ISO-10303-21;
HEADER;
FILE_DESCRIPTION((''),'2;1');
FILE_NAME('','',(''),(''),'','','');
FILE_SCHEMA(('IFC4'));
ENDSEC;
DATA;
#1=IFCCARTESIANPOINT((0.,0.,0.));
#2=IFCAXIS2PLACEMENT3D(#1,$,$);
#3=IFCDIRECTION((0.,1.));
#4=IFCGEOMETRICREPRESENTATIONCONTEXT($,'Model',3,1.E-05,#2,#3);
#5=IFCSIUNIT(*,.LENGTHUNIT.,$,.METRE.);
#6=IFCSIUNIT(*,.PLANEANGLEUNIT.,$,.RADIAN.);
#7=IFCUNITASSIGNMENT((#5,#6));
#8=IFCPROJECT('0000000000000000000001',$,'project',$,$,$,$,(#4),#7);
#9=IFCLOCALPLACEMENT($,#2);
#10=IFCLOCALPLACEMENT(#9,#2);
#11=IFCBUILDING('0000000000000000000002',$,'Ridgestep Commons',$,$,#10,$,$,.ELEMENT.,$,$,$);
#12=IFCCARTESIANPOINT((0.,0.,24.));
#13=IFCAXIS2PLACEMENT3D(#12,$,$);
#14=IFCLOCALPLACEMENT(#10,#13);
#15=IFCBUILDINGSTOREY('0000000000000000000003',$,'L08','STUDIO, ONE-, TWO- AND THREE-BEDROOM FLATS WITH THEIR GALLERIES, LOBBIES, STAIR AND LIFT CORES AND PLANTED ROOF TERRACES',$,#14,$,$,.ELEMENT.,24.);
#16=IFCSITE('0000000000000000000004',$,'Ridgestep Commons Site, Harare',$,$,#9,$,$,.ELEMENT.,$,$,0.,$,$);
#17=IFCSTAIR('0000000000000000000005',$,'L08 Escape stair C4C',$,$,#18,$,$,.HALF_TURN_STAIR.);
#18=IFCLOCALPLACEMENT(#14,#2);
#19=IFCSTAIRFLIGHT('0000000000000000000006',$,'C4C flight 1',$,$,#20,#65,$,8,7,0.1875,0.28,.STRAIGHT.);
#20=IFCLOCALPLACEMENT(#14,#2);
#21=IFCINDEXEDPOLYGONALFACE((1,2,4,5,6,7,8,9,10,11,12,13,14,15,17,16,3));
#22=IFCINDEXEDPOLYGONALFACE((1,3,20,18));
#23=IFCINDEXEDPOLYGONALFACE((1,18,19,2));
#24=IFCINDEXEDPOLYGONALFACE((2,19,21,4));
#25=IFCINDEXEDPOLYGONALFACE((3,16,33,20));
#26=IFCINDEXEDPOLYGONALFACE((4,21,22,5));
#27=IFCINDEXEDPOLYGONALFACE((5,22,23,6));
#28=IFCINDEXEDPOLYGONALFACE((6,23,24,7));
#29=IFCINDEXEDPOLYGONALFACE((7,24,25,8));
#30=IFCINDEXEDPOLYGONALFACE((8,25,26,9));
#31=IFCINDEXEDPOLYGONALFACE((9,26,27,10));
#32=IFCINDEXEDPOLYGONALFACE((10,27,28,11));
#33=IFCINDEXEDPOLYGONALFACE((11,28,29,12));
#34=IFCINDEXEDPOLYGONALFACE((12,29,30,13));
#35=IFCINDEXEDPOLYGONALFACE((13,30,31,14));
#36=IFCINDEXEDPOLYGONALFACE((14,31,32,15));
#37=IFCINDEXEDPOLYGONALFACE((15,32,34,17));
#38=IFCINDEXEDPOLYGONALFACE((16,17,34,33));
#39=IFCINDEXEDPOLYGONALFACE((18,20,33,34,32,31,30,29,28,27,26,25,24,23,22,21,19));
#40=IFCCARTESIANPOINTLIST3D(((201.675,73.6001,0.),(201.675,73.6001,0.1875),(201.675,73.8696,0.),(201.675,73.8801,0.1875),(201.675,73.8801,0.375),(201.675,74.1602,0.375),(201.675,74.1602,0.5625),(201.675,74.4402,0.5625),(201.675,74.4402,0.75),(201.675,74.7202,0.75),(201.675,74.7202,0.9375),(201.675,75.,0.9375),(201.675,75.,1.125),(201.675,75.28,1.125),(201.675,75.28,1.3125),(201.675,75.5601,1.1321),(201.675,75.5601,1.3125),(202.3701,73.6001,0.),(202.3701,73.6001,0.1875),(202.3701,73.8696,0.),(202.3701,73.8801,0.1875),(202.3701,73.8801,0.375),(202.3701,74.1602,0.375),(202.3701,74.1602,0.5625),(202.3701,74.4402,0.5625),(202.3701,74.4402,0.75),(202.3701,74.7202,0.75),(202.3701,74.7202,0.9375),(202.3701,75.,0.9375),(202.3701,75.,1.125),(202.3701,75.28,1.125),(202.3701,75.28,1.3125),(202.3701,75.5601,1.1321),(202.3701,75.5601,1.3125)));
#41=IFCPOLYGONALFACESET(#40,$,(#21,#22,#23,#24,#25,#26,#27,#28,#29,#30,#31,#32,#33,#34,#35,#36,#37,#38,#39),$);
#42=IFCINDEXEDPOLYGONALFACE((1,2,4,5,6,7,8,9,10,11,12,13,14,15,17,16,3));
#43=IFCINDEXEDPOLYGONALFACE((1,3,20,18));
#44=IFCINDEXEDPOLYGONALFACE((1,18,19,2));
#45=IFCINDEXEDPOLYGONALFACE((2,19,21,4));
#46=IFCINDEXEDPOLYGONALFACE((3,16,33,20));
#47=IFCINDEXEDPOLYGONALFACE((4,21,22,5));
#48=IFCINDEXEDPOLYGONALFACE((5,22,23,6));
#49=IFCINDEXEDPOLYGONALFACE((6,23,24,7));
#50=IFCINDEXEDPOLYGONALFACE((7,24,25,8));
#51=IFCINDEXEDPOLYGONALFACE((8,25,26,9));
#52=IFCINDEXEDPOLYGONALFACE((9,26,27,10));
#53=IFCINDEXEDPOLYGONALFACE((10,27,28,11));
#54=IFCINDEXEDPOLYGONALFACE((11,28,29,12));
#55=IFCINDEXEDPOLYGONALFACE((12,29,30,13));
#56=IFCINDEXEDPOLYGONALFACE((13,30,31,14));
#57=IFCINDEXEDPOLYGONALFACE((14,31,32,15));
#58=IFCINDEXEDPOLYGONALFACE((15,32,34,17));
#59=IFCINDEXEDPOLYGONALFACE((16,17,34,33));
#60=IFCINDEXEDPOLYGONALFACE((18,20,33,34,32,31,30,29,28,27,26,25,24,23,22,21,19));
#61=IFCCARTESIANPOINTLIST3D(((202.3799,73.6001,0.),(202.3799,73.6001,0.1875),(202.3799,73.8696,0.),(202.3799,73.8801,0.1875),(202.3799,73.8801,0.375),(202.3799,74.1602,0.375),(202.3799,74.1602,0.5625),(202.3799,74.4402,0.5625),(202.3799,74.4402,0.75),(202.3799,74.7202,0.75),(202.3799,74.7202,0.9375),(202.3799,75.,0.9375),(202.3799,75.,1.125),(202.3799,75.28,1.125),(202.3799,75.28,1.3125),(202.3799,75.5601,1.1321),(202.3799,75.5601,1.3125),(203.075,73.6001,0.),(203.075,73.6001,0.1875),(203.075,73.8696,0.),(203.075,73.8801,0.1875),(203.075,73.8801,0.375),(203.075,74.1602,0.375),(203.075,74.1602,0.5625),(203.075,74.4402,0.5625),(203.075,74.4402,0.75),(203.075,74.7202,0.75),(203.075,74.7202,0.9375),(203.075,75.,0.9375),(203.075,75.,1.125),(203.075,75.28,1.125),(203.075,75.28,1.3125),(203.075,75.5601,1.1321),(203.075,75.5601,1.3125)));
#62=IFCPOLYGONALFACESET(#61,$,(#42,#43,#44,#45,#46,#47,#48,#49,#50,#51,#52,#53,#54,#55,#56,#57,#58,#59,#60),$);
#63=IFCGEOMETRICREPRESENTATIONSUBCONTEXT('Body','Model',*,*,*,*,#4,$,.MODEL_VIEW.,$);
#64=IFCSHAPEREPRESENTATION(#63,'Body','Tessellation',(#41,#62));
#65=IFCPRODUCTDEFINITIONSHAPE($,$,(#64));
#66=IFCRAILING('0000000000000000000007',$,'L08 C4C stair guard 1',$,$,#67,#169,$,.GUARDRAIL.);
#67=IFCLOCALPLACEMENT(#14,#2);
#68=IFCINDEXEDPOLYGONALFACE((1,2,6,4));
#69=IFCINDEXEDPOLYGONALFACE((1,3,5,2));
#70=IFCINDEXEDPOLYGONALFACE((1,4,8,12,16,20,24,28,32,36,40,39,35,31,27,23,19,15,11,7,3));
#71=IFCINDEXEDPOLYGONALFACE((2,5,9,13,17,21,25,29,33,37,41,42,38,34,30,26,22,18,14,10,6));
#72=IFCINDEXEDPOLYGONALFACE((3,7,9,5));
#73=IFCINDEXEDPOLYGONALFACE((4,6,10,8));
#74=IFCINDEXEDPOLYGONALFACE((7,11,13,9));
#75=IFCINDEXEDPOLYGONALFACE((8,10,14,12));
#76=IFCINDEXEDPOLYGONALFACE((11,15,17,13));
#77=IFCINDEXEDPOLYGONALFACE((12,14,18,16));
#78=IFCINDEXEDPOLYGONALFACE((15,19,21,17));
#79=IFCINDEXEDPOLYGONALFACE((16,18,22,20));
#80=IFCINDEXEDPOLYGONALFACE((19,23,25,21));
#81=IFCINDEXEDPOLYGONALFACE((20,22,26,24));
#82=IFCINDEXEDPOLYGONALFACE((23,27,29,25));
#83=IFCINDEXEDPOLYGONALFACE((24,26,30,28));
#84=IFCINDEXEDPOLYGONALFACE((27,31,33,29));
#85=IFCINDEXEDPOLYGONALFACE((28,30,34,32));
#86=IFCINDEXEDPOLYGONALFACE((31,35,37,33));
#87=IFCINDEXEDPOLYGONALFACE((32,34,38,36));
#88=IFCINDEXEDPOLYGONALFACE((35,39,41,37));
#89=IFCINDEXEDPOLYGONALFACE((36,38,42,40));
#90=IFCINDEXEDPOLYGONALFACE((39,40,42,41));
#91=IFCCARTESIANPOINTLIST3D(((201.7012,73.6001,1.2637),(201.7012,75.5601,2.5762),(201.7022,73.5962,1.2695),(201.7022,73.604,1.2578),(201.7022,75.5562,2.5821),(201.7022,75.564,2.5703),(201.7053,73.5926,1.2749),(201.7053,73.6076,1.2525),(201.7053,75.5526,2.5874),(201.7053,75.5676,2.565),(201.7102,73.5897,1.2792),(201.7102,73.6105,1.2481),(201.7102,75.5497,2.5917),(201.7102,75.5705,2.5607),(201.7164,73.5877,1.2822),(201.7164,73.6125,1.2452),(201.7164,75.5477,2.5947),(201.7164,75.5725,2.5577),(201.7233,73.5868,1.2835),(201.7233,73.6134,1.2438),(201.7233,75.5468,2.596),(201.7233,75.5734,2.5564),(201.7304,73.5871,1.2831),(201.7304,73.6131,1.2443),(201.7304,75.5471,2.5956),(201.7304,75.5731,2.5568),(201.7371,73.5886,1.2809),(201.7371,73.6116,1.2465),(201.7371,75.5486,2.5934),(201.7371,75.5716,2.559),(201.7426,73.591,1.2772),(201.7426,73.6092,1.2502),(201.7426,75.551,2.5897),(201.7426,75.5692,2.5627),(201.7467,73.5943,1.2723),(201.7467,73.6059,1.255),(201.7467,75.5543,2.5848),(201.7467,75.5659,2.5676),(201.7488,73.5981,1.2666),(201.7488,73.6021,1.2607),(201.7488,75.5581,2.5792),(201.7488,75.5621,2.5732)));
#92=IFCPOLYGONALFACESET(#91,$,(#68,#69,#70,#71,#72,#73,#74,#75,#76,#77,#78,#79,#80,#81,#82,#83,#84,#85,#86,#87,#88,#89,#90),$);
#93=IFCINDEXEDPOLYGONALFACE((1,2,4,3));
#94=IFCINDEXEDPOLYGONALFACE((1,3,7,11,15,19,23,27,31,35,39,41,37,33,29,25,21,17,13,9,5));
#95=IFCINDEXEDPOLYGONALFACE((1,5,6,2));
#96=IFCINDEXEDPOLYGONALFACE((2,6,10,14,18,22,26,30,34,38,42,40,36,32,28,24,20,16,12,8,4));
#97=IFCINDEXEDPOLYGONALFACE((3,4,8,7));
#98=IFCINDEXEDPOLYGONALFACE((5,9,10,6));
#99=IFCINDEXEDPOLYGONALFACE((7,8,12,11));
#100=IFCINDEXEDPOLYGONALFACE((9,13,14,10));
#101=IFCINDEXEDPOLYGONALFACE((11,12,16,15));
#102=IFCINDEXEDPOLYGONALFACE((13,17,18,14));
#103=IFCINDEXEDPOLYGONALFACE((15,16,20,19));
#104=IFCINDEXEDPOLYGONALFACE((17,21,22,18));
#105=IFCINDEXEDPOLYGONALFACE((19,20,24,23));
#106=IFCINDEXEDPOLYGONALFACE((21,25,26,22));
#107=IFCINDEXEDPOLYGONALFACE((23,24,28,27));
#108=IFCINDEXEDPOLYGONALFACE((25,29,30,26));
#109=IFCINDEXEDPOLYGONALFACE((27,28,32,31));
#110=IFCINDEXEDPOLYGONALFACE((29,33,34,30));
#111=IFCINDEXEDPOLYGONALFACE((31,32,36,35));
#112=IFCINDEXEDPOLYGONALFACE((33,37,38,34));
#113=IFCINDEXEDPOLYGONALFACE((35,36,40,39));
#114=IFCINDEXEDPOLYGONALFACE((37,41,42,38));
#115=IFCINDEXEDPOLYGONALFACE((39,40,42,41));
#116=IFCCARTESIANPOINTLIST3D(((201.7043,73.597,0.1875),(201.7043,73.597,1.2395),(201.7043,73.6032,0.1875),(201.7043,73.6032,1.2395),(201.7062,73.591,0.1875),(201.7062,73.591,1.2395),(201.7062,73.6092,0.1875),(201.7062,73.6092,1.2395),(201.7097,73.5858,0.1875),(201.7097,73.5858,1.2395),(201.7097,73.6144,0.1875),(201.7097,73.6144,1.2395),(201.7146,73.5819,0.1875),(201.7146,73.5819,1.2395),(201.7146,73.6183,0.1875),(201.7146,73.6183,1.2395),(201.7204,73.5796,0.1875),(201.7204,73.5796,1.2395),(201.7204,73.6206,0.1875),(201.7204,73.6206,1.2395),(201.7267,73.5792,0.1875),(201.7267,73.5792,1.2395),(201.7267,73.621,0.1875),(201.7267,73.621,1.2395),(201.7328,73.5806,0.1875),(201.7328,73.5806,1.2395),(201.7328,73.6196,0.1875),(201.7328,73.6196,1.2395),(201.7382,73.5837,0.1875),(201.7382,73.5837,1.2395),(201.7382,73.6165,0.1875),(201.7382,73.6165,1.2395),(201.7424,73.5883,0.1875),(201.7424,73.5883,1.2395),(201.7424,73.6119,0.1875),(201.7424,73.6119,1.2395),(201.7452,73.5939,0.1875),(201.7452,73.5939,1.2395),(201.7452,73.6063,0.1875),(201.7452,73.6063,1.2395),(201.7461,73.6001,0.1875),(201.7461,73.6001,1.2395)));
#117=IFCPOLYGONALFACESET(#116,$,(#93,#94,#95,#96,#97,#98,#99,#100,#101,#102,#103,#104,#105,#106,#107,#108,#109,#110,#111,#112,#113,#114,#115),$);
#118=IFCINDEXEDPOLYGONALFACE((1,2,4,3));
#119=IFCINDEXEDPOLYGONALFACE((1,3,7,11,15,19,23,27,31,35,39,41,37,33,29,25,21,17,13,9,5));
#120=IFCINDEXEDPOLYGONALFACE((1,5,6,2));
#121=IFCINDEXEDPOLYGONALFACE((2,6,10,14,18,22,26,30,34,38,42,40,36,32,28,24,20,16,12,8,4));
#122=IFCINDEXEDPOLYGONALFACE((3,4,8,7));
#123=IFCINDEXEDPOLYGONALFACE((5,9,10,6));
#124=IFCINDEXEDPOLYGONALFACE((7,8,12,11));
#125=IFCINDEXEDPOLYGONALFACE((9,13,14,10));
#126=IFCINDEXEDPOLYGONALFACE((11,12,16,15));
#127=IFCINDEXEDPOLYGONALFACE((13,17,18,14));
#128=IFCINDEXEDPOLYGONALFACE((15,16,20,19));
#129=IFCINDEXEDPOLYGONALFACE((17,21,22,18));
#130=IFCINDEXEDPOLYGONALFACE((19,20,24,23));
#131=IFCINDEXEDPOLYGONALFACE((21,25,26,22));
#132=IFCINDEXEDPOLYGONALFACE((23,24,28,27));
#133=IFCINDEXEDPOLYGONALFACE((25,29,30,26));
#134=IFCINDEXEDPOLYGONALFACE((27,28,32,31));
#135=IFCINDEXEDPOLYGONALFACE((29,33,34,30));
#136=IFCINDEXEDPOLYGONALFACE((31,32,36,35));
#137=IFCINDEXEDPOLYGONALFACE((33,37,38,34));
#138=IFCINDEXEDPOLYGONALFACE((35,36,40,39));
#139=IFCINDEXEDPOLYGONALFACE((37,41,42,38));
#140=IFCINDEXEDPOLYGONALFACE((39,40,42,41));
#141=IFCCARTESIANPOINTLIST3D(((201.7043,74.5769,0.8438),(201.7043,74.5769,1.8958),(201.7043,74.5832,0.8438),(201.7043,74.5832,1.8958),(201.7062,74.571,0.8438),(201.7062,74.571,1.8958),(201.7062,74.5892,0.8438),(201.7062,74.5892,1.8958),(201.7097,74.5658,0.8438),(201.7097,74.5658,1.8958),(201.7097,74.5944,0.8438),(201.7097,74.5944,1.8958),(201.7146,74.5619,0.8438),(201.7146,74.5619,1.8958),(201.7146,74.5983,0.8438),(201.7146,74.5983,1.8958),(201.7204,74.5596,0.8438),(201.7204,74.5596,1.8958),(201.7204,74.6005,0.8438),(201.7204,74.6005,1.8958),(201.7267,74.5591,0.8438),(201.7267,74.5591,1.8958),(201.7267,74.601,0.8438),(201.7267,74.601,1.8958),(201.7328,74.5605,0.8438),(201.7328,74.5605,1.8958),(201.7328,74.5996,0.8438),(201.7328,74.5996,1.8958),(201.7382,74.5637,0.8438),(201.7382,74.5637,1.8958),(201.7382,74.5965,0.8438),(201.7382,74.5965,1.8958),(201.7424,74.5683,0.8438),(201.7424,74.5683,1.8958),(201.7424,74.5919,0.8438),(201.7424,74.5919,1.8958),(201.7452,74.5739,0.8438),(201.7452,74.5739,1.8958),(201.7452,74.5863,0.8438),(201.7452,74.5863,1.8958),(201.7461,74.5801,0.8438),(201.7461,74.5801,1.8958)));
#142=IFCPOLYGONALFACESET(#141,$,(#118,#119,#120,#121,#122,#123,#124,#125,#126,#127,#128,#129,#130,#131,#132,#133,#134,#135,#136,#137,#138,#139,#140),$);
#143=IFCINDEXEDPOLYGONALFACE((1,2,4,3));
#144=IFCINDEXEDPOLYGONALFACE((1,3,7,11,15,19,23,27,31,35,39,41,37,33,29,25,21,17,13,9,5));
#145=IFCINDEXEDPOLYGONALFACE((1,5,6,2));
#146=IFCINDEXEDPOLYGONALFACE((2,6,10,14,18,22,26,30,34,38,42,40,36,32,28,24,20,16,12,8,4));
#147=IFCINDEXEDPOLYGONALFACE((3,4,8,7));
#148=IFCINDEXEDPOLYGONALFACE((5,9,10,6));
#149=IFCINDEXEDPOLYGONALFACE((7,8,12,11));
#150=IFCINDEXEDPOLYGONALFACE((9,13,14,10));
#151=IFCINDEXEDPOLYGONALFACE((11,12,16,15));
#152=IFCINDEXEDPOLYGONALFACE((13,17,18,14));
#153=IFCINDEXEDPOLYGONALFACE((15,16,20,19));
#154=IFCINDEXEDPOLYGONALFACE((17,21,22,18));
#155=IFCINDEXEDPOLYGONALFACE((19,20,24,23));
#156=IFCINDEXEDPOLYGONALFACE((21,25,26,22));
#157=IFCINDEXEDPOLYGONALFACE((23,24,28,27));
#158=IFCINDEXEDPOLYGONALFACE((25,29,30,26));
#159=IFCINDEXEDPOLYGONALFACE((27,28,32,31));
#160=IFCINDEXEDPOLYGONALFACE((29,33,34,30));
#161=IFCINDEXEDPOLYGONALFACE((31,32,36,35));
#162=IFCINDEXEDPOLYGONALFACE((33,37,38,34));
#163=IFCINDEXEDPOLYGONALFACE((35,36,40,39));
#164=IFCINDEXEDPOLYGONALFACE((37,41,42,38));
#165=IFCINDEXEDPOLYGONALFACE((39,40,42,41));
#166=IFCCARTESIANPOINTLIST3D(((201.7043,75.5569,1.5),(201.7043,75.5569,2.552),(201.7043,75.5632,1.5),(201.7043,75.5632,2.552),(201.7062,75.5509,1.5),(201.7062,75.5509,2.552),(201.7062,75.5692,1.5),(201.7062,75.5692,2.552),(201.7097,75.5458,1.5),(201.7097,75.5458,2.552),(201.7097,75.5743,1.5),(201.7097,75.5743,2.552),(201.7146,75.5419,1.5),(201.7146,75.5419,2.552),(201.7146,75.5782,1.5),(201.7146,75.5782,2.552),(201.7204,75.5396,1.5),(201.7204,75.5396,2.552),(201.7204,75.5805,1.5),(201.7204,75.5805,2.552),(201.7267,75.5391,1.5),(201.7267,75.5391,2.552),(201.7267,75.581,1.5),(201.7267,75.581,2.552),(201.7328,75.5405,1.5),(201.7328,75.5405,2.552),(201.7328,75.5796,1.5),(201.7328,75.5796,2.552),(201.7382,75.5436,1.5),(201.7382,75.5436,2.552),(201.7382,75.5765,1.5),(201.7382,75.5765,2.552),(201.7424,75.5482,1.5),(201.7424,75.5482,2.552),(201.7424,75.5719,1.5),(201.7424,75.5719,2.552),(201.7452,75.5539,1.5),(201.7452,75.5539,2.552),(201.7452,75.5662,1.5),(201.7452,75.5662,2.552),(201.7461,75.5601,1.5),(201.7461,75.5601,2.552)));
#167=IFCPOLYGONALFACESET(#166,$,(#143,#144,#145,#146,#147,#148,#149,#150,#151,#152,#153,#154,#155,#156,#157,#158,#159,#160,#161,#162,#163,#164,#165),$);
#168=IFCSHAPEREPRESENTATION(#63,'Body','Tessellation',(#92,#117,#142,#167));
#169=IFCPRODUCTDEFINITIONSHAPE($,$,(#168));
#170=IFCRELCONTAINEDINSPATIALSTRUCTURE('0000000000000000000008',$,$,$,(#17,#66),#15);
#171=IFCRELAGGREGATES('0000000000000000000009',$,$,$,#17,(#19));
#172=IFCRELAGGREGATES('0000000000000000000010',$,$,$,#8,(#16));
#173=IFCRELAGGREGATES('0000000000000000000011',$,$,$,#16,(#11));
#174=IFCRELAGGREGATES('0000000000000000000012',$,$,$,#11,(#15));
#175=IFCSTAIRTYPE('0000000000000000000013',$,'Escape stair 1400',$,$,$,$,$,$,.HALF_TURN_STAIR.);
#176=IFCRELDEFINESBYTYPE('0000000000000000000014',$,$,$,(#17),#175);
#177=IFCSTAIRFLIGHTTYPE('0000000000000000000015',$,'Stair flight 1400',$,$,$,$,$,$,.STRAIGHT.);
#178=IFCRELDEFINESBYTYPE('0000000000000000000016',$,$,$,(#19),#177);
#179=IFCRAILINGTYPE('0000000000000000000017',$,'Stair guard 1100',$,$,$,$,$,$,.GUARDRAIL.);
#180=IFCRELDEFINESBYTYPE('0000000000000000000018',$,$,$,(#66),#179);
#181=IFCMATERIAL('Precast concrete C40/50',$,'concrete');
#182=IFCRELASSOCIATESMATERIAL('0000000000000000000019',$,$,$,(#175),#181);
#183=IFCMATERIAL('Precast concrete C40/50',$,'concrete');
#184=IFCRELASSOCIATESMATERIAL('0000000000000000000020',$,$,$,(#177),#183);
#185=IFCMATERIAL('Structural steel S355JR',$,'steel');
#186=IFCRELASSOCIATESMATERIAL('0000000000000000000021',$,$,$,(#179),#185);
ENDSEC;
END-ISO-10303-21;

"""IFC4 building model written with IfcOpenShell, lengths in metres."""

from ifc_helpers import new_model, si_unit, direction, frame, origin, origin_2d, place, context, subcontext, project, spatial, polyline, circle, outline, extrude, material, type_object, element, aggregate, save


model = new_model("IFC4")

# Units and contexts
model_context = context("Model", 3, precision=1e-05, world=origin(), true_north=direction((0.0, 1.0)))
body_context = subcontext(model_context, "Body", "Model", "MODEL_VIEW")
ifc_project = project(units=[si_unit("LENGTHUNIT", "METRE"), si_unit("PLANEANGLEUNIT", "RADIAN")], contexts=[model_context])

# Site, building, storey
site_placement = place(None, origin())
site = spatial("IfcSite", under=ifc_project, at=site_placement, Name="Ridgestep Commons Site, Harare", CompositionType="ELEMENT", RefElevation=0.0)
building_placement = place(site_placement, origin())
building = spatial("IfcBuilding", under=site, at=building_placement, Name="Ridgestep Commons", CompositionType="ELEMENT")
storey_placement = place(building_placement, frame((0.0, 0.0, 24.0)))
storey = spatial("IfcBuildingStorey", under=building, at=storey_placement, Name="L08", Description="STUDIO, ONE-, TWO- AND THREE-BEDROOM FLATS WITH THEIR GALLERIES, LOBBIES, STAIR AND LIFT CORES AND PLANTED ROOF TERRACES", CompositionType="ELEMENT", Elevation=24.0)

# Stair, stair flight
ifc_material_1 = material(Name="Precast concrete C40/50", Category="concrete")
stair_type = type_object("IfcStairType", Name="Escape stair 1400", PredefinedType="HALF_TURN_STAIR", material=ifc_material_1)
stair_placement = place(storey_placement, origin())
stair = element("IfcStair", 1, at=stair_placement, inside=storey, type_object=stair_type, Name="L08 Escape stair C4C", PredefinedType="HALF_TURN_STAIR")
ifc_material_2 = material(Name="Precast concrete C40/50", Category="concrete")
stair_flight_type = type_object("IfcStairFlightType", Name="Stair flight 1400", PredefinedType="STRAIGHT", material=ifc_material_2)
stair_flight_placement = place(storey_placement, frame((202.375, 73.6001, 0.0), z_axis=(0.0, 0.0, 1.0), x_axis=(0.0, 1.0, 0.0)))
stair_flight = element("IfcStairFlight", 2, at=stair_flight_placement, type_object=stair_flight_type, Name="C4C flight 1", NumberOfRisers=8, NumberOfTreads=7, PredefinedType="STRAIGHT", RiserHeight=0.1875, TreadLength=0.28, context=body_context, shape_type="SweptSolid", body=[
    extrude(outline(polyline([(0.0, 0.0), (0.0, 0.1875), (0.28, 0.1875), (0.28, 0.375), (0.5601, 0.375), (0.5601, 0.5625), (0.8401, 0.5625), (0.8401, 0.75), (1.1201, 0.75), (1.1201, 0.9375), (1.3999, 0.9375), (1.3999, 1.125), (1.6799, 1.125), (1.6799, 1.3125), (1.96, 1.3125), (1.96, 1.5), (1.96, 1.1321), (0.2695, 0.0), (0.0, 0.0)])), frame((0.0, 0.7, 0.0), z_axis=(0.0, -1.0, 0.0), x_axis=(1.0, 0.0, 0.0)), (0.0, 0.0, 1.0), 0.6951),
    extrude(outline(polyline([(0.0, 0.0), (0.0, 0.1875), (0.28, 0.1875), (0.28, 0.375), (0.5601, 0.375), (0.5601, 0.5625), (0.8401, 0.5625), (0.8401, 0.75), (1.1201, 0.75), (1.1201, 0.9375), (1.3999, 0.9375), (1.3999, 1.125), (1.6799, 1.125), (1.6799, 1.3125), (1.96, 1.3125), (1.96, 1.5), (1.96, 1.1321), (0.2695, 0.0), (0.0, 0.0)])), frame((0.0, -0.0049, 0.0), z_axis=(0.0, -1.0, 0.0), x_axis=(1.0, 0.0, 0.0)), (0.0, 0.0, 1.0), 0.6951),
])
aggregate(stair, [stair_flight])

# Railing
ifc_material_3 = material(Name="Structural steel S355JR", Category="steel")
railing_type_1 = type_object("IfcRailingType", Name="Stair guard 1100", PredefinedType="GUARDRAIL", material=ifc_material_3)
railing_1_placement = place(storey_placement, frame((201.7251, 73.6001, 0.1875)))
element("IfcRailing", 3, at=railing_1_placement, inside=storey, type_object=railing_type_1, Name="L08 C4C stair guard 1", PredefinedType="GUARDRAIL", context=body_context, shape_type="SweptSolid", body=[
    extrude(circle(Radius=0.0239, at=origin_2d()), frame((0.0, 0.0, 1.0762), z_axis=(0.0, 0.830902, 0.556419), x_axis=(-1.0, 0.0, 0.0)), (0.0, 0.0, 1.0), 2.3589),
    extrude(circle(Radius=0.021, at=origin_2d()), origin(), (0.0, 0.0, 1.0), 1.052),
    extrude(circle(Radius=0.021, at=origin_2d()), frame((0.0, 0.98, 0.6562)), (0.0, 0.0, 1.0), 1.052),
    extrude(circle(Radius=0.021, at=origin_2d()), frame((0.0, 1.96, 1.3125)), (0.0, 0.0, 1.0), 1.052),
])

save(model, "model.ifc")
